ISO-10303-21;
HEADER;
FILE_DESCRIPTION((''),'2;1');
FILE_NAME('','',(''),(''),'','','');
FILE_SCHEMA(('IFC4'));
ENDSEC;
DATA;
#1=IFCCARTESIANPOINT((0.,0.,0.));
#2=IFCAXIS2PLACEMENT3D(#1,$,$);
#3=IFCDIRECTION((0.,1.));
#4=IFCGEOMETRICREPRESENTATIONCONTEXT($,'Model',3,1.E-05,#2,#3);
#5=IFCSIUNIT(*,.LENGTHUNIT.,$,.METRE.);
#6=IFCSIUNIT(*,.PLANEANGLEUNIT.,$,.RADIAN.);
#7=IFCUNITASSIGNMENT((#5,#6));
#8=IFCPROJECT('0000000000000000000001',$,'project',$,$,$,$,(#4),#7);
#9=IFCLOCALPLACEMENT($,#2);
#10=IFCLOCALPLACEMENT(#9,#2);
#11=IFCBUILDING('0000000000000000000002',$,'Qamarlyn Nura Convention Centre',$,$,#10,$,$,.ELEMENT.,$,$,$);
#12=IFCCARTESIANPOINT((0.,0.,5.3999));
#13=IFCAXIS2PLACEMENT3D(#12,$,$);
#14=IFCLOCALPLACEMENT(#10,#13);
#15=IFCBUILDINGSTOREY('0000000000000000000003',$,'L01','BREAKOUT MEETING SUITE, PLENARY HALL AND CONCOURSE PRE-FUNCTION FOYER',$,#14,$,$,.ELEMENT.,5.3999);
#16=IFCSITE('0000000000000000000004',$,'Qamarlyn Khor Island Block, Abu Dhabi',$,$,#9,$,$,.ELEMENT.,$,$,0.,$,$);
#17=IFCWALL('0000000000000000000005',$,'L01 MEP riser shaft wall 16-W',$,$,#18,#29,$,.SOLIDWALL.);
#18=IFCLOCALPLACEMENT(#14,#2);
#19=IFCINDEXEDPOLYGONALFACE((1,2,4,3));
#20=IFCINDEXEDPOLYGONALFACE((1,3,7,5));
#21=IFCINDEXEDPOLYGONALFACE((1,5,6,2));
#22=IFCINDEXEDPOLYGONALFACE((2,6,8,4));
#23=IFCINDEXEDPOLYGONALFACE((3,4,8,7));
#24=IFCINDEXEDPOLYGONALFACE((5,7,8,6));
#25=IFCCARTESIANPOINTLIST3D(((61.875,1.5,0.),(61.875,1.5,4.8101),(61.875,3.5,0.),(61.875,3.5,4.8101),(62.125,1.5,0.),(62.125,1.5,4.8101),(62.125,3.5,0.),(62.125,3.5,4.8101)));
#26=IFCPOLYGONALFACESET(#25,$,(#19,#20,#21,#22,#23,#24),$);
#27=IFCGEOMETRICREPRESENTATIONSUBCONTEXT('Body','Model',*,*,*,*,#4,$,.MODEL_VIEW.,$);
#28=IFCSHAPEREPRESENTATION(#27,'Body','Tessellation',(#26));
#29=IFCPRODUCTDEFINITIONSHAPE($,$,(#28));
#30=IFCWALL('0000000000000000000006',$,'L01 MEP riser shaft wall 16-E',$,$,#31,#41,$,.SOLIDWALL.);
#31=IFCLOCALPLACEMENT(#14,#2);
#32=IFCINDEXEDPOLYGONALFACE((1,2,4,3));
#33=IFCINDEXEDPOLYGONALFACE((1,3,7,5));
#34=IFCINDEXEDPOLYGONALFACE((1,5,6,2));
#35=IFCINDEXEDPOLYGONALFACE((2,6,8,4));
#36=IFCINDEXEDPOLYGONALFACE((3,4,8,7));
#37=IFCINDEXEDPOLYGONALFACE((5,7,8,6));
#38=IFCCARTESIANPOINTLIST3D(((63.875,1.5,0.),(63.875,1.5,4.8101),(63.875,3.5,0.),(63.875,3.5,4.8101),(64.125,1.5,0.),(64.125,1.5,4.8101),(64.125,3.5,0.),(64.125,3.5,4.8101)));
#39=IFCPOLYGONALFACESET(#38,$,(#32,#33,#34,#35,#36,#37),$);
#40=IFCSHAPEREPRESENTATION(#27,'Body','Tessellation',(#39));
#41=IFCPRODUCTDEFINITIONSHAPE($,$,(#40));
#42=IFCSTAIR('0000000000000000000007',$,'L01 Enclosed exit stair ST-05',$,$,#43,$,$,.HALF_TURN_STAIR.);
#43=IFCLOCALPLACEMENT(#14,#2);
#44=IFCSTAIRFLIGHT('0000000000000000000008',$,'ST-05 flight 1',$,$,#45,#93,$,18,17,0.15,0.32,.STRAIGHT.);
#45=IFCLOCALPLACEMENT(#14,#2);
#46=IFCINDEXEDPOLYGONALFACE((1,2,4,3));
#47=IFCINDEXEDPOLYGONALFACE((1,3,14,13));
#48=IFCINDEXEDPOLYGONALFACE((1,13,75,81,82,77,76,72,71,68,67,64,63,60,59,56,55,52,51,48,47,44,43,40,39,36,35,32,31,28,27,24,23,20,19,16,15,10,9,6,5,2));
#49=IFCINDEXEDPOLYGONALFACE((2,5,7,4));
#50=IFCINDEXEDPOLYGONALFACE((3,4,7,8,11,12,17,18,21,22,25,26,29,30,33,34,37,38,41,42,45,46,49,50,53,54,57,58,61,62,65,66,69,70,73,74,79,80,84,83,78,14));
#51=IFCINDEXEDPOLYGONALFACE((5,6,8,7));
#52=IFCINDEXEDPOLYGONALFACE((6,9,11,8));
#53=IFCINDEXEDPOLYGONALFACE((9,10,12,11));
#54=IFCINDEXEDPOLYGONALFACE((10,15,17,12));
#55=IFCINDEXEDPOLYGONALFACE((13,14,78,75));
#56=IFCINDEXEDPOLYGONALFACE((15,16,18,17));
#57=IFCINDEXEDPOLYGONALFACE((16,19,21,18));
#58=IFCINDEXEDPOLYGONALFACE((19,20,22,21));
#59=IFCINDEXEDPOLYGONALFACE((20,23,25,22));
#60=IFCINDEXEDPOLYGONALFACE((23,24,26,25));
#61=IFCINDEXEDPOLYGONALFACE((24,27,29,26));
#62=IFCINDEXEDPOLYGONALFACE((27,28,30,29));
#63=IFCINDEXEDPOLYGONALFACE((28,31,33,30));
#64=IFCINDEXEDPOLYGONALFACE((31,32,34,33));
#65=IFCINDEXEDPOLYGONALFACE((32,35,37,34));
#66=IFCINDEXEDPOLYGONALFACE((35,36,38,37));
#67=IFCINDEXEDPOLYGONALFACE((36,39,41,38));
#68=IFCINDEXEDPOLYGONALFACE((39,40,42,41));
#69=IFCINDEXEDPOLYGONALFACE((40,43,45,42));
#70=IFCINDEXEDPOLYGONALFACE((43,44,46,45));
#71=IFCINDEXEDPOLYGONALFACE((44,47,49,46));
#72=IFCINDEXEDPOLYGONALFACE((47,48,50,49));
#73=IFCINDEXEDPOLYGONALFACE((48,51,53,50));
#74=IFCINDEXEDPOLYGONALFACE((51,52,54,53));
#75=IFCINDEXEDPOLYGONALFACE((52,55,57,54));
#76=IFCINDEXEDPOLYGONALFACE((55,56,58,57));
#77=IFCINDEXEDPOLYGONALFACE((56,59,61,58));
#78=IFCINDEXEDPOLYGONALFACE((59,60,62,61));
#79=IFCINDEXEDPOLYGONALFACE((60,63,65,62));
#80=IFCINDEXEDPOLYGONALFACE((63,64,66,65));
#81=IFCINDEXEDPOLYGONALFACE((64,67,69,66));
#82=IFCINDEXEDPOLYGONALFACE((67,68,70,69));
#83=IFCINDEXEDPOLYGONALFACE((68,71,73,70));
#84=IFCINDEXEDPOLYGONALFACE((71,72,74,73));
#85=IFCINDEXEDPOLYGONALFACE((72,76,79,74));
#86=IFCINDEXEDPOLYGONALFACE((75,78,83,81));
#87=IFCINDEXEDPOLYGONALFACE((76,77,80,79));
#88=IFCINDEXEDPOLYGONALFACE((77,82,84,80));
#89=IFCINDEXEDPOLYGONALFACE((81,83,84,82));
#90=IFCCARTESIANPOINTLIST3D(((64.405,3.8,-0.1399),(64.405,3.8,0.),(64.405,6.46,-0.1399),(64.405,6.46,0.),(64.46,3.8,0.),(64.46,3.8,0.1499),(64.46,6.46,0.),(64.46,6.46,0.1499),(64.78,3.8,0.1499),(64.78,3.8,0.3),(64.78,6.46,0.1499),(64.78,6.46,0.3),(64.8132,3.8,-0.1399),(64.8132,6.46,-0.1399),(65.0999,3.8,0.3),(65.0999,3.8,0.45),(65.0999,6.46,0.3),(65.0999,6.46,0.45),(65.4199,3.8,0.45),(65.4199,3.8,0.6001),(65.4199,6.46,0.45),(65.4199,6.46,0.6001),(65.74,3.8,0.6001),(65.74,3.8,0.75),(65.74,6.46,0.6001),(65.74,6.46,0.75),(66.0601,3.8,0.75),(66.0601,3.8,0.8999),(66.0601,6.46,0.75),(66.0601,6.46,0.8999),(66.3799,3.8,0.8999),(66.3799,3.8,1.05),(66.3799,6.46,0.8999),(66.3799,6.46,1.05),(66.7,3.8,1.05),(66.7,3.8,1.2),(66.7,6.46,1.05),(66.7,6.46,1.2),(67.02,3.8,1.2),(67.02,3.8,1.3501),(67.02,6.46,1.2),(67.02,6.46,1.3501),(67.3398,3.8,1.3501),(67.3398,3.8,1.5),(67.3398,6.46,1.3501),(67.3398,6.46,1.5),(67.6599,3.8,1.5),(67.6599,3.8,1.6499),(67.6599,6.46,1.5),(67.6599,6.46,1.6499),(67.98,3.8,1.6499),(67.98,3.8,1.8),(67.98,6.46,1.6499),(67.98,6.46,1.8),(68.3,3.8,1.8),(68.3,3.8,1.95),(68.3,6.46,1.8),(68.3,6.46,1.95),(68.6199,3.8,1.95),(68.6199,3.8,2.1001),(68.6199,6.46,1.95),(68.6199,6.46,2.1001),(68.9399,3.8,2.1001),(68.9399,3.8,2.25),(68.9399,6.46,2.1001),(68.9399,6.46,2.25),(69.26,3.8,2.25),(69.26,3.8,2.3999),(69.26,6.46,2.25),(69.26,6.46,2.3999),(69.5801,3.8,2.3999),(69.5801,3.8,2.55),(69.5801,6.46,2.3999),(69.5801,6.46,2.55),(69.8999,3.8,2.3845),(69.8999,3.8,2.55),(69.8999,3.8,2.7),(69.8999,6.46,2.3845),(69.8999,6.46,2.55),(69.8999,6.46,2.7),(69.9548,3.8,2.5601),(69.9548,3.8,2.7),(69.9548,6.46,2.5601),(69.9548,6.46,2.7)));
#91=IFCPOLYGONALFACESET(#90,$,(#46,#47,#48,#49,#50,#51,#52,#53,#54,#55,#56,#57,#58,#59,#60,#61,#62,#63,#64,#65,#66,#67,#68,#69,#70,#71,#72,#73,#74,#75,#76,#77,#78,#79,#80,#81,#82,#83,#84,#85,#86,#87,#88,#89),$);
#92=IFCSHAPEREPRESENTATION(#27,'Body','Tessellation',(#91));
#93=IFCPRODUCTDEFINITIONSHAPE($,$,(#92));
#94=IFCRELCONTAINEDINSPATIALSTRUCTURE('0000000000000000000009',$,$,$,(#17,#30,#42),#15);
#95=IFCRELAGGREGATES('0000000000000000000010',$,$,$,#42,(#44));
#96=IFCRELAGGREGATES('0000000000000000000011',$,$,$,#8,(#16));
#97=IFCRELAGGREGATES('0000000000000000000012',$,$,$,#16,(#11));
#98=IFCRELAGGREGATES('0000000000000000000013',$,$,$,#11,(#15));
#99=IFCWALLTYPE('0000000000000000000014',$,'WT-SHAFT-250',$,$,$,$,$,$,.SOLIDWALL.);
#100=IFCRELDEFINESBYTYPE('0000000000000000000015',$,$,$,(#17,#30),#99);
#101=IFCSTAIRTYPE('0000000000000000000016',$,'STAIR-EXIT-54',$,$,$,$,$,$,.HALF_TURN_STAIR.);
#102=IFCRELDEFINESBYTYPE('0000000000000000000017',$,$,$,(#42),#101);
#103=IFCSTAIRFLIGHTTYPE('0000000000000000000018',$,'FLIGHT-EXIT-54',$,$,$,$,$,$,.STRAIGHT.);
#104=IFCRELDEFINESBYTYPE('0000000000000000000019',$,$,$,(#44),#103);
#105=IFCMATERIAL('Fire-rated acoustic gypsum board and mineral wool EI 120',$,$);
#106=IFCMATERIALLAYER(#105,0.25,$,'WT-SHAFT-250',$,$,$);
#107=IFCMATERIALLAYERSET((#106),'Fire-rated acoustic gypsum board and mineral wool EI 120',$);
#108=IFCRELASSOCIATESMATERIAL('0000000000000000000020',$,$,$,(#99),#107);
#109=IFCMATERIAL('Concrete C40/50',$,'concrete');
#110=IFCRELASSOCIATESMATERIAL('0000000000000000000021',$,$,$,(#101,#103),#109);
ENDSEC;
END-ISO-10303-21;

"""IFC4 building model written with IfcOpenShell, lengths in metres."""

from ifc_helpers import new_model, si_unit, direction, frame, frame_2d, origin, place, context, subcontext, project, spatial, polyline, rectangle, outline, extrude, material, layer, layer_set, type_object, element, aggregate, save


model = new_model("IFC4")

# Units and contexts
model_context = context("Model", 3, precision=1e-05, world=origin(), true_north=direction((0.0, 1.0)))
body_context = subcontext(model_context, "Body", "Model", "MODEL_VIEW")
ifc_project = project(units=[si_unit("LENGTHUNIT", "METRE"), si_unit("PLANEANGLEUNIT", "RADIAN")], contexts=[model_context])

# Site, building, storey
site_placement = place(None, origin())
site = spatial("IfcSite", under=ifc_project, at=site_placement, Name="Qamarlyn Khor Island Block, Abu Dhabi", CompositionType="ELEMENT", RefElevation=0.0)
building_placement = place(site_placement, origin())
building = spatial("IfcBuilding", under=site, at=building_placement, Name="Qamarlyn Nura Convention Centre", CompositionType="ELEMENT")
storey_placement = place(building_placement, frame((0.0, 0.0, 5.3999)))
storey = spatial("IfcBuildingStorey", under=building, at=storey_placement, Name="L01", Description="BREAKOUT MEETING SUITE, PLENARY HALL AND CONCOURSE PRE-FUNCTION FOYER", CompositionType="ELEMENT", Elevation=5.3999)

# Walls
ifc_material_1 = material(Name="Fire-rated acoustic gypsum board and mineral wool EI 120")
ifc_layer_1 = layer(ifc_material_1, 0.25, Name="WT-SHAFT-250")
ifc_layer_set_1 = layer_set([ifc_layer_1], Name="Fire-rated acoustic gypsum board and mineral wool EI 120")
wall_type_1 = type_object("IfcWallType", Name="WT-SHAFT-250", PredefinedType="SOLIDWALL", material=ifc_layer_set_1)
for number, where, z_axis, x_axis, name in (
    (1, (62.0, 3.5, 0.0), (0.0, 0.0, 1.0), (0.0, -1.0, 0.0), "L01 MEP riser shaft wall 16-W"),
    (2, (64.0, 1.5, 0.0), (0.0, 0.0, 1.0), (0.0, 1.0, 0.0), "L01 MEP riser shaft wall 16-E"),
):
    element("IfcWall", number, at=place(storey_placement, frame(where, z_axis=z_axis, x_axis=x_axis)), inside=storey, type_object=wall_type_1, Name=name, PredefinedType="SOLIDWALL", context=body_context, shape_type="SweptSolid", body=[
        extrude(rectangle(XDim=2.0, YDim=0.25, at=frame_2d((1.0, 0.0))), origin(), (0.0, 0.0, 1.0), 4.8101),
    ])

# Stair, stair flight
ifc_material_2 = material(Name="Concrete C40/50", Category="concrete")
stair_type = type_object("IfcStairType", Name="STAIR-EXIT-54", PredefinedType="HALF_TURN_STAIR", material=ifc_material_2)
stair_placement = place(storey_placement, origin())
stair = element("IfcStair", 3, at=stair_placement, inside=storey, type_object=stair_type, Name="L01 Enclosed exit stair ST-05", PredefinedType="HALF_TURN_STAIR")
stair_flight_type = type_object("IfcStairFlightType", Name="FLIGHT-EXIT-54", PredefinedType="STRAIGHT", material=ifc_material_2)
stair_flight_placement = place(storey_placement, frame((64.46, 5.1299, 0.0), z_axis=(0.0, 0.0, 1.0), x_axis=(1.0, 0.0, 0.0)))
stair_flight = element("IfcStairFlight", 4, at=stair_flight_placement, type_object=stair_flight_type, Name="ST-05 flight 1", NumberOfRisers=18, NumberOfTreads=17, PredefinedType="STRAIGHT", RiserHeight=0.15, TreadLength=0.32, context=body_context, shape_type="SweptSolid", body=[
    extrude(outline(polyline([(-0.0549, 0.0), (0.0, 0.0), (0.0, 0.1499), (0.3201, 0.1499), (0.3201, 0.3), (0.6399, 0.3), (0.6399, 0.45), (0.96, 0.45), (0.96, 0.6001), (1.28, 0.6001), (1.28, 0.75), (1.6001, 0.75), (1.6001, 0.8999), (1.9199, 0.8999), (1.9199, 1.05), (2.24, 1.05), (2.24, 1.2), (2.5601, 1.2), (2.5601, 1.3501), (2.8799, 1.3501), (2.8799, 1.5), (3.2, 1.5), (3.2, 1.6499), (3.52, 1.6499), (3.52, 1.8), (3.8401, 1.8), (3.8401, 1.95), (4.1599, 1.95), (4.1599, 2.1001), (4.48, 2.1001), (4.48, 2.25), (4.8, 2.25), (4.8, 2.3999), (5.1201, 2.3999), (5.1201, 2.55), (5.4399, 2.55), (5.4399, 2.7), (5.4949, 2.7), (5.4949, 2.5601), (5.4399, 2.3845), (0.3533, -0.1399), (-0.0549, -0.1399), (-0.0549, 0.0)])), frame((0.0, 1.3301, 0.0), z_axis=(0.0, -1.0, 0.0), x_axis=(1.0, 0.0, 0.0)), (0.0, 0.0, 1.0), 2.6599),
])
aggregate(stair, [stair_flight])

save(model, "model.ifc")
